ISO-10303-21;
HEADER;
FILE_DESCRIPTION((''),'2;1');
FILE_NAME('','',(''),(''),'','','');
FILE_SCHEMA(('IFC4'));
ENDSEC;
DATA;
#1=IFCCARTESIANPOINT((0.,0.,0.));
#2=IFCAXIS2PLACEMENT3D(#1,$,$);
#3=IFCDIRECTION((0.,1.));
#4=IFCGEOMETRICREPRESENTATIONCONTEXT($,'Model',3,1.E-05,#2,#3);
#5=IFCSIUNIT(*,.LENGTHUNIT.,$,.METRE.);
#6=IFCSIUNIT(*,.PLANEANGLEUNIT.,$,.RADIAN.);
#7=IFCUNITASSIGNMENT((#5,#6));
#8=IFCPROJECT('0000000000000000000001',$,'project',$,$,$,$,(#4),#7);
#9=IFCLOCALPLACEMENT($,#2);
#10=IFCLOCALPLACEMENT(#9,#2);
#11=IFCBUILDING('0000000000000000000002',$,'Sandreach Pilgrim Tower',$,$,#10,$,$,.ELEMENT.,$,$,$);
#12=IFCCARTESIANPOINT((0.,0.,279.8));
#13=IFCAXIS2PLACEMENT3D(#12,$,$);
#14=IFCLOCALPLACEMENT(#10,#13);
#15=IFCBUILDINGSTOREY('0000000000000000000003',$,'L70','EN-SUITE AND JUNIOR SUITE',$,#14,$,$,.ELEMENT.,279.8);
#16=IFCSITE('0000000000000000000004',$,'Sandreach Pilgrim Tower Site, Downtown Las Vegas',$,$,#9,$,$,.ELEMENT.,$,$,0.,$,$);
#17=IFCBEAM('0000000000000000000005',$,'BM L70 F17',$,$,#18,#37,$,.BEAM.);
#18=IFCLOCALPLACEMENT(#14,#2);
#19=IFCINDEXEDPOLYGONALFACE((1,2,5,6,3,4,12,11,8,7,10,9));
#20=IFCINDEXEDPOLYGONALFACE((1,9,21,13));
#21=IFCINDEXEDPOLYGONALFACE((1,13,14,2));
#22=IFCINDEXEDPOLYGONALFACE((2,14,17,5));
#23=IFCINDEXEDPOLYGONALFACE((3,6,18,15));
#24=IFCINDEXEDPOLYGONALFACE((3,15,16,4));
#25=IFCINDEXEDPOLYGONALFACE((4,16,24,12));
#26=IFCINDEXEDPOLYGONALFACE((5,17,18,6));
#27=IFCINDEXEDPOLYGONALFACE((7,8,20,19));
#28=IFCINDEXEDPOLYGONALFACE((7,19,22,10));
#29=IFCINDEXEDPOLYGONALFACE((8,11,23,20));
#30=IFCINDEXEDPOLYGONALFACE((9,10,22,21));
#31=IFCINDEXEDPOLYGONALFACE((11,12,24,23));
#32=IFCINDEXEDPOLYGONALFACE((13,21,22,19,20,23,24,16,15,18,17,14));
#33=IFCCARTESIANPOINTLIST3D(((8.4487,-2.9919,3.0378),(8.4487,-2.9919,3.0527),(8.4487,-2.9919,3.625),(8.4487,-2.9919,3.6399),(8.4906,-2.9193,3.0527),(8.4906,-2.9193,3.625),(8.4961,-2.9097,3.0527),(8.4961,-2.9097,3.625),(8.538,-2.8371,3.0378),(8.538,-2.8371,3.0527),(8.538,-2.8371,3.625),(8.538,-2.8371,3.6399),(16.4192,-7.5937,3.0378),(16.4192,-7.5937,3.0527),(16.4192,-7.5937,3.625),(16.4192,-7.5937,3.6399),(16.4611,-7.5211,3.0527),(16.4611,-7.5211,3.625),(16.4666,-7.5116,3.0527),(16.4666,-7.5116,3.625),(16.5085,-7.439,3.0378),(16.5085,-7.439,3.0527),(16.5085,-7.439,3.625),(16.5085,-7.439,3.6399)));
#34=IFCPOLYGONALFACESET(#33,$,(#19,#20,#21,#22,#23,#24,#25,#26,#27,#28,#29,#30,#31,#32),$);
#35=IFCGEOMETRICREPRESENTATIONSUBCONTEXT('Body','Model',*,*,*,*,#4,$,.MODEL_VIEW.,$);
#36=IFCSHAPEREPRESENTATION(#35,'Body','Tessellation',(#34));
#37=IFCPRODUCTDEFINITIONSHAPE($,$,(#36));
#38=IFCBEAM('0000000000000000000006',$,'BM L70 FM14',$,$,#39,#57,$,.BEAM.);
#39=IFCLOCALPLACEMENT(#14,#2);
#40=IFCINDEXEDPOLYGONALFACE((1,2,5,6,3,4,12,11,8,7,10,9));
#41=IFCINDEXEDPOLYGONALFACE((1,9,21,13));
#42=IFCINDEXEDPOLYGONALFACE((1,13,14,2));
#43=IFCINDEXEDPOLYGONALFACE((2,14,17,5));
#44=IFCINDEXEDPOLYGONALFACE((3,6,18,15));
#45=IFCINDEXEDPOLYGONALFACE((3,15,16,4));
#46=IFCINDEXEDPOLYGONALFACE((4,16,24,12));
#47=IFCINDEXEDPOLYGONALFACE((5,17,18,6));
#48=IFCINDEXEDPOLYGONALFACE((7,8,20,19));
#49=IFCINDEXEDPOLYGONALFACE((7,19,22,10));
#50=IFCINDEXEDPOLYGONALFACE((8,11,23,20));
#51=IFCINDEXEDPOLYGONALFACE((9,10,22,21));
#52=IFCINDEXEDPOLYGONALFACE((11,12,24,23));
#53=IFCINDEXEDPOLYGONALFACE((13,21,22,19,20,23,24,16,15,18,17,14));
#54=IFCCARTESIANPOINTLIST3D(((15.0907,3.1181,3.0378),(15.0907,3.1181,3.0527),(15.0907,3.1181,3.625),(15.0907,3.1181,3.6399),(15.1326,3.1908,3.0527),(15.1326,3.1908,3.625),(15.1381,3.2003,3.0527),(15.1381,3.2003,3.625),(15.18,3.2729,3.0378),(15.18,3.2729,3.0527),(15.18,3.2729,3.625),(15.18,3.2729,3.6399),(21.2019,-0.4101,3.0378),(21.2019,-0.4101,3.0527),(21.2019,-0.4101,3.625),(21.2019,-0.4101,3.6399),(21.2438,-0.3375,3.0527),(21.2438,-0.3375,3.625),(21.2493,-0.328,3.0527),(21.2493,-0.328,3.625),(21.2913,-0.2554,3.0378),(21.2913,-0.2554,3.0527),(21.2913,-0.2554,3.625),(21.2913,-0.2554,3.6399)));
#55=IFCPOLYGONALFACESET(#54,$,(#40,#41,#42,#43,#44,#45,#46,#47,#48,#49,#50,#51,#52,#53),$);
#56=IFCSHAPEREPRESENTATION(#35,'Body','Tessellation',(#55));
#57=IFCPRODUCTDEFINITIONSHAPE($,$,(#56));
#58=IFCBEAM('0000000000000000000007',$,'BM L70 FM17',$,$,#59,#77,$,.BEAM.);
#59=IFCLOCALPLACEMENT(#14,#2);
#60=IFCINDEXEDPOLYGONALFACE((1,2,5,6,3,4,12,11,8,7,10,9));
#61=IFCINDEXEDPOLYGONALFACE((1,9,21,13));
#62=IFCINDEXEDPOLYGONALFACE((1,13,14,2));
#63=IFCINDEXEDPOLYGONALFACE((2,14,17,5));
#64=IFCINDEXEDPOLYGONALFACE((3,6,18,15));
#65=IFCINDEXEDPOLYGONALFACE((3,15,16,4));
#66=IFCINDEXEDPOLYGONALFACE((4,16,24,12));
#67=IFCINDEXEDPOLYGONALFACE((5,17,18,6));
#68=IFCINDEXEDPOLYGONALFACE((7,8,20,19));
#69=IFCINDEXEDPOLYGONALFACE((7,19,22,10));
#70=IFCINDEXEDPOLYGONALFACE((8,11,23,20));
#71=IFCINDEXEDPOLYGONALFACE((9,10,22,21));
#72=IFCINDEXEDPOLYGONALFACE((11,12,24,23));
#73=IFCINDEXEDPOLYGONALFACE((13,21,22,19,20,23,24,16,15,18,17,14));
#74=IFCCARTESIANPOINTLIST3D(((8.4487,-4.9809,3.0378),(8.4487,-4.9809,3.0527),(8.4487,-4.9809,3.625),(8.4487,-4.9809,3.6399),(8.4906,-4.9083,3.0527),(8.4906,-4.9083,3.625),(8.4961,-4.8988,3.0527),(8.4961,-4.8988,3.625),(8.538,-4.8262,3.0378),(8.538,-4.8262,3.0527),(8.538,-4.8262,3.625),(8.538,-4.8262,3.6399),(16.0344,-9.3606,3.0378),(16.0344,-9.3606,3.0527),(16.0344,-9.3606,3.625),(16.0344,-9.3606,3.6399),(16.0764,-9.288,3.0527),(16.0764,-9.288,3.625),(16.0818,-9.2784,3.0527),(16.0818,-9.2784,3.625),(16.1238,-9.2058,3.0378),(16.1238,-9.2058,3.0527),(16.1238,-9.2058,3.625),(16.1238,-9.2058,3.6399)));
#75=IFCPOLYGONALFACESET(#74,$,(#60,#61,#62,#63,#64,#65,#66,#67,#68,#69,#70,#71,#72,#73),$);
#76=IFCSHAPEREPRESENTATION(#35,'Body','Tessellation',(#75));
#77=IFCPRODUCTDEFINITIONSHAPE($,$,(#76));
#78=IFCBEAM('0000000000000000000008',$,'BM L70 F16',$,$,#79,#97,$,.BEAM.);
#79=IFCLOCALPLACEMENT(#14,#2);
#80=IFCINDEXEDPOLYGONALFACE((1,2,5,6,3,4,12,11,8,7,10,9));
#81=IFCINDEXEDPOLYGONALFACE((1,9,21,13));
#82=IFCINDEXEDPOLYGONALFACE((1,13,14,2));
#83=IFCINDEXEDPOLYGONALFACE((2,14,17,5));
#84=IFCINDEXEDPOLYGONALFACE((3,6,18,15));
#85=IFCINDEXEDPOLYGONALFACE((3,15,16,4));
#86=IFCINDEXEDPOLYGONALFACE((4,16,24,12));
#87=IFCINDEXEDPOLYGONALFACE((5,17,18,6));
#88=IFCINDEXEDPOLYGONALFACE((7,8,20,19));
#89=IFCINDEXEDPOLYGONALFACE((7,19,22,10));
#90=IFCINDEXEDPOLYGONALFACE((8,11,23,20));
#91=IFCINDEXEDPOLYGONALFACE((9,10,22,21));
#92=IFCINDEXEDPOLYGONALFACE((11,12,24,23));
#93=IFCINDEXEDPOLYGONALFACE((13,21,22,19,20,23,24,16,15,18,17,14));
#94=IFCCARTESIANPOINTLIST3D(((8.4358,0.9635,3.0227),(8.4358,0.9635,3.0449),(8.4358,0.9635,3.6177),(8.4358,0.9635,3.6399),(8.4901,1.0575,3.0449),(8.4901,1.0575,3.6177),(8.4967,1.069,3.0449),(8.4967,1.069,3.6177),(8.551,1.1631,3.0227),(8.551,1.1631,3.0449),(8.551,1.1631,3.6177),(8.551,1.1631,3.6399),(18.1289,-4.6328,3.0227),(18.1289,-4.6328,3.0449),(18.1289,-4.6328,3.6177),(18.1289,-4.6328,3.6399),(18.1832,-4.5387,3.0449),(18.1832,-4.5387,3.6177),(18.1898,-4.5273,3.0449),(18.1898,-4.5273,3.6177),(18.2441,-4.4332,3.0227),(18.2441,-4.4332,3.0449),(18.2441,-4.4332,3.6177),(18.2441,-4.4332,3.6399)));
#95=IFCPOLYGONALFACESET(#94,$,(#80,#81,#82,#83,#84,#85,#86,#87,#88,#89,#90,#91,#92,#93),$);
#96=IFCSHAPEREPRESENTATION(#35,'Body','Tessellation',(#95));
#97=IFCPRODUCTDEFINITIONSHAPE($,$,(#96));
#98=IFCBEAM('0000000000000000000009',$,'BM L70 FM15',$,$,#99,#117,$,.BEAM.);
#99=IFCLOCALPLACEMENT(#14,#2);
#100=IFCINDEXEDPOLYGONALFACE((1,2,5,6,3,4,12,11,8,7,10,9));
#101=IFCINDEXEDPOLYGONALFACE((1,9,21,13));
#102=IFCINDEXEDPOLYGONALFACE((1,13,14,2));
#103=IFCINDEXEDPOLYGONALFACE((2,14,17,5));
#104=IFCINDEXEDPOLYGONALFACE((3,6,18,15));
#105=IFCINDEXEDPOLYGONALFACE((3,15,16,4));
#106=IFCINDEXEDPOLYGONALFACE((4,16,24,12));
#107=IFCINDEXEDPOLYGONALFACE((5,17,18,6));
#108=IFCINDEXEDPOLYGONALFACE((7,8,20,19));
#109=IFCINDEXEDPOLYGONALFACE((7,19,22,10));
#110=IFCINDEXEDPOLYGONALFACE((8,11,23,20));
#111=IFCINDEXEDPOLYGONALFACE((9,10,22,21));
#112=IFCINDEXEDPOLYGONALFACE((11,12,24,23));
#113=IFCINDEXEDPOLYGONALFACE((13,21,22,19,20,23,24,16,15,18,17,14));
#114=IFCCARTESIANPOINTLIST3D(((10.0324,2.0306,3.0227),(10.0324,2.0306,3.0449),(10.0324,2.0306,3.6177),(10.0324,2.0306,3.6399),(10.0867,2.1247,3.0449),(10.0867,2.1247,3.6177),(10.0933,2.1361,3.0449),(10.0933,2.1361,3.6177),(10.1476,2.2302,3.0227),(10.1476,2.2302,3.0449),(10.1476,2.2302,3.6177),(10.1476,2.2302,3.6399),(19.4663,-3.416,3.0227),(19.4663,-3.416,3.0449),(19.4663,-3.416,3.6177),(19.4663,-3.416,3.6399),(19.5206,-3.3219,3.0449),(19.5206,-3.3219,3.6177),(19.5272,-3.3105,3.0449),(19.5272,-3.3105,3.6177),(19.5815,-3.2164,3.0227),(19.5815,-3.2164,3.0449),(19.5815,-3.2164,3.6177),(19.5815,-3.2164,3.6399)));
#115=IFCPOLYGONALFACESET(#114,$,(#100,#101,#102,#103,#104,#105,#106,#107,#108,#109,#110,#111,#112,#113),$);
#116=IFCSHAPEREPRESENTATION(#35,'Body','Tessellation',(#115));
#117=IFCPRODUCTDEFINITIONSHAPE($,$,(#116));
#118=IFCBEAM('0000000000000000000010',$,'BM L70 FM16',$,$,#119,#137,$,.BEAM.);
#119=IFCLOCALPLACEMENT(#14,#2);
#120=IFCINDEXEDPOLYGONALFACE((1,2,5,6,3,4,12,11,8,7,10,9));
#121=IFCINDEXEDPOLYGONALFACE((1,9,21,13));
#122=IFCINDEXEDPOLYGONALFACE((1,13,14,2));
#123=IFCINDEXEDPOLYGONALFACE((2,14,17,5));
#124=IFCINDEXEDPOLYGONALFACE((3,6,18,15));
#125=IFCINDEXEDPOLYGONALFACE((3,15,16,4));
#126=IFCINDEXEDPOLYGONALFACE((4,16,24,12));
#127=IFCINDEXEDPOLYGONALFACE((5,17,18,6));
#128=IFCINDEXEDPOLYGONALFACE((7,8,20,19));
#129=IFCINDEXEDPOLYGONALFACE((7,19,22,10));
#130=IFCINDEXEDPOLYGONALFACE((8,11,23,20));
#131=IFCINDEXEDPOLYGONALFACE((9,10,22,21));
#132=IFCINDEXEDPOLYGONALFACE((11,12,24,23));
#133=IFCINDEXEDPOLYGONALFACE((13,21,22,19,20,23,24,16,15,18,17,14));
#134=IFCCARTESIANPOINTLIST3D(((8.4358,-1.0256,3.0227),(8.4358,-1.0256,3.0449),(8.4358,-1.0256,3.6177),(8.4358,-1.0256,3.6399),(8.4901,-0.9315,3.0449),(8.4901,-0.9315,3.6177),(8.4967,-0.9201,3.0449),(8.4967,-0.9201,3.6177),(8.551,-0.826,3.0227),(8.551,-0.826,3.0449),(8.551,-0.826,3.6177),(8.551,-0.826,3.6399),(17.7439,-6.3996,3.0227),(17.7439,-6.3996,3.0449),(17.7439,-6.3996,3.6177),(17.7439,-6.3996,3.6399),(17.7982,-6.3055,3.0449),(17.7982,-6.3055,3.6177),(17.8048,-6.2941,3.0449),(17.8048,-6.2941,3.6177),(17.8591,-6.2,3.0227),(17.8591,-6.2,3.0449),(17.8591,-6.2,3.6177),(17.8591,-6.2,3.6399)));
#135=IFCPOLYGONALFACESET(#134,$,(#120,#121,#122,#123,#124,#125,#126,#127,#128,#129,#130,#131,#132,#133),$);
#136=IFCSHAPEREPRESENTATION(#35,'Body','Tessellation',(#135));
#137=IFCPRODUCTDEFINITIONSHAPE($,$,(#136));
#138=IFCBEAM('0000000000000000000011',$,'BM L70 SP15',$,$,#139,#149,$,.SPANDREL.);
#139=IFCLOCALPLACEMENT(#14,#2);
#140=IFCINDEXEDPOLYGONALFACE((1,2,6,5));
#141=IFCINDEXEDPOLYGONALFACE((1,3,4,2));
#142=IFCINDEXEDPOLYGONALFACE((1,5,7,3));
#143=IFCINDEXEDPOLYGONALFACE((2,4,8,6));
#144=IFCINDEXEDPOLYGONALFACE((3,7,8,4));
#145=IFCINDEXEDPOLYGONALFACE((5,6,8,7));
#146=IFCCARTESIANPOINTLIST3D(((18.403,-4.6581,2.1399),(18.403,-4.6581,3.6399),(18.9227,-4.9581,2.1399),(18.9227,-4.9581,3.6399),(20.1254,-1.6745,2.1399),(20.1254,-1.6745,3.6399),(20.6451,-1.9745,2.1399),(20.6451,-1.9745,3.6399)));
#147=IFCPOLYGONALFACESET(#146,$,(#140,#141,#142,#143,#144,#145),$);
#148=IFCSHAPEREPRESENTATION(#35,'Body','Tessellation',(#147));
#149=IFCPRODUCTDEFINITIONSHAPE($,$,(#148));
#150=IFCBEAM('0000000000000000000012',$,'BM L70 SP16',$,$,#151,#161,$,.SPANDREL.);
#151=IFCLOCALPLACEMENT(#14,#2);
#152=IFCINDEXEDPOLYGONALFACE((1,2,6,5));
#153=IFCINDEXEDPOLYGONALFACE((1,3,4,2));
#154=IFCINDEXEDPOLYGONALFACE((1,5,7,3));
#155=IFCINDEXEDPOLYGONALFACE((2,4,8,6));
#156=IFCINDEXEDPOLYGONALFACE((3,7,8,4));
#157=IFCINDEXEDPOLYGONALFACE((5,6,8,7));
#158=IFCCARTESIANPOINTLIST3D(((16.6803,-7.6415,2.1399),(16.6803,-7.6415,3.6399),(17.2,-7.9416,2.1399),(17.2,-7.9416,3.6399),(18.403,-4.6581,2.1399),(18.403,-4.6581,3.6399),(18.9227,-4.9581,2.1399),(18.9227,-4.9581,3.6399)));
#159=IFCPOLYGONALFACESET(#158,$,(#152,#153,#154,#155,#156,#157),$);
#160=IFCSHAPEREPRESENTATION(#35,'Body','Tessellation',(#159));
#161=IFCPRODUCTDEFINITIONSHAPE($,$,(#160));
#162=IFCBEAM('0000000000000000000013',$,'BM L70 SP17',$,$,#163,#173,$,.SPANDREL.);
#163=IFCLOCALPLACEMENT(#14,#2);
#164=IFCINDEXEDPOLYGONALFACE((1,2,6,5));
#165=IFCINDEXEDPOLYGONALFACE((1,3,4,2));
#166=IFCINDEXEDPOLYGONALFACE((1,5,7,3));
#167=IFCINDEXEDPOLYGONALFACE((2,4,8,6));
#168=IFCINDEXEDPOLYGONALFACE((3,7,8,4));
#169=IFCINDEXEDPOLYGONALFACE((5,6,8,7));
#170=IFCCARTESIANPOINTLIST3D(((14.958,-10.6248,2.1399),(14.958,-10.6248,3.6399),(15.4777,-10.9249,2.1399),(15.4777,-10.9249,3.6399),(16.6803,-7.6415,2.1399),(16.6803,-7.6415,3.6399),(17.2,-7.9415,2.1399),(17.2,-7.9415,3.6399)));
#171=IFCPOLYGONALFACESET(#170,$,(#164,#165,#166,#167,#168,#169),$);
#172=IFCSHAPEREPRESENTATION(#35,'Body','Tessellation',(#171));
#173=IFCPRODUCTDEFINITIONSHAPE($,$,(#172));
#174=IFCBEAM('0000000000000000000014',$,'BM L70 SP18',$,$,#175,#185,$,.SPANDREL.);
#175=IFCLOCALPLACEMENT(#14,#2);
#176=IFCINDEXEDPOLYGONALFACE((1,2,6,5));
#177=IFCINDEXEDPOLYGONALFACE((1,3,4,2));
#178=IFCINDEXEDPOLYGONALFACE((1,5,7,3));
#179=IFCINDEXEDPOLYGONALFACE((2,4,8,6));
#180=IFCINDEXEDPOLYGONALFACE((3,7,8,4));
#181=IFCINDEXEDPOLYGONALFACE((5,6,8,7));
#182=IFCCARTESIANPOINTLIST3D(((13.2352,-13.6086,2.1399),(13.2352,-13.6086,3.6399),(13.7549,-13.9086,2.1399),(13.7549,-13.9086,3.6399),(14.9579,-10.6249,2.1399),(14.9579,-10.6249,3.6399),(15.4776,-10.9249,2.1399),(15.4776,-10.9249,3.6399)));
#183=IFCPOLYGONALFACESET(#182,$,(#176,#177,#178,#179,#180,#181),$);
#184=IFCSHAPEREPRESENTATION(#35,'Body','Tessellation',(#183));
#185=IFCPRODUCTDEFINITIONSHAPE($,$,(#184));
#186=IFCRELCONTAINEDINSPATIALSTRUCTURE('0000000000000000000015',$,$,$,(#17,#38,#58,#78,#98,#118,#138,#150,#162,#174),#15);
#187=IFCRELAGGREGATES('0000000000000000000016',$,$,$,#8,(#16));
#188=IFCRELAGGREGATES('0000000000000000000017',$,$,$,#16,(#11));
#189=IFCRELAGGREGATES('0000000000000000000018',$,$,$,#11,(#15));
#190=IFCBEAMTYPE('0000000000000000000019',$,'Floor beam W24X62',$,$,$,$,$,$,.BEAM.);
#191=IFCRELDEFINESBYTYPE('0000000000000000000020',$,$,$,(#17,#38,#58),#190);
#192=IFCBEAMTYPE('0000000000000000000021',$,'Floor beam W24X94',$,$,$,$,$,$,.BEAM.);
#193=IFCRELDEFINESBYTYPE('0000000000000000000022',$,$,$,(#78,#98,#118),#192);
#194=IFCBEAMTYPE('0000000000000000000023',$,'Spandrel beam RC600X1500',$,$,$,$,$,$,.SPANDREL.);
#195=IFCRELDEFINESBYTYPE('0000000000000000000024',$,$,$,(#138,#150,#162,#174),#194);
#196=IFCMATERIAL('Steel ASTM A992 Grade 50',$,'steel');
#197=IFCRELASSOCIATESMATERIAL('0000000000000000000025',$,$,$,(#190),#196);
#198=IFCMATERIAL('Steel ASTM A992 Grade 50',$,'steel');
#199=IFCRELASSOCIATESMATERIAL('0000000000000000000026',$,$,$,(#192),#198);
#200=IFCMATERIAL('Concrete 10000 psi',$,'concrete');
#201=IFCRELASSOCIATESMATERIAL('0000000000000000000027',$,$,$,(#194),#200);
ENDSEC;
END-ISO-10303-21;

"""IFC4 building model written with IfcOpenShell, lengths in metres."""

from ifc_helpers import new_model, si_unit, direction, frame, origin, origin_2d, place, context, subcontext, project, spatial, rectangle, i_section, extrude, material, material_profile, profile_set, type_object, element, save


model = new_model("IFC4")

# Units and contexts
model_context = context("Model", 3, precision=1e-05, world=origin(), true_north=direction((0.0, 1.0)))
body_context = subcontext(model_context, "Body", "Model", "MODEL_VIEW")
ifc_project = project(units=[si_unit("LENGTHUNIT", "METRE"), si_unit("PLANEANGLEUNIT", "RADIAN")], contexts=[model_context])

# Site, building, storey
site_placement = place(None, origin())
site = spatial("IfcSite", under=ifc_project, at=site_placement, Name="Sandreach Pilgrim Tower Site, Downtown Las Vegas", CompositionType="ELEMENT", RefElevation=0.0)
building_placement = place(site_placement, origin())
building = spatial("IfcBuilding", under=site, at=building_placement, Name="Sandreach Pilgrim Tower", CompositionType="ELEMENT")
storey_placement = place(building_placement, frame((0.0, 0.0, 279.8)))
storey = spatial("IfcBuildingStorey", under=building, at=storey_placement, Name="L70", Description="EN-SUITE AND JUNIOR SUITE", CompositionType="ELEMENT", Elevation=279.8)

# Beams
ifc_material_1 = material(Name="Steel ASTM A992 Grade 50", Category="steel")
ifc_material_profile_1 = material_profile(ifc_material_1, i_section(OverallWidth=0.1787, OverallDepth=0.6021, WebThickness=0.011, FlangeThickness=0.0149, at=origin_2d()), Name="W24X62")
ifc_profile_set_1 = profile_set([ifc_material_profile_1], Name="Steel ASTM A992 Grade 50")
beam_type_1 = type_object("IfcBeamType", Name="Floor beam W24X62", PredefinedType="BEAM", material=ifc_profile_set_1)
beam_1_placement = place(storey_placement, frame((16.4639, -7.5164, 3.3389), z_axis=(-0.866023, 0.500005, 0.0), x_axis=(-0.500005, -0.866023, 0.0)))
element("IfcBeam", 1, at=beam_1_placement, inside=storey, type_object=beam_type_1, Name="BM L70 F17", PredefinedType="BEAM", context=body_context, shape_type="SweptSolid", body=[
    extrude(i_section(OverallWidth=0.1787, OverallDepth=0.6021, WebThickness=0.011, FlangeThickness=0.0149, at=origin_2d()), origin(), (0.0, 0.0, 1.0), 9.2036),
])
beam_2_placement = place(storey_placement, frame((21.2466, -0.3328, 3.3389), z_axis=(-0.866029, 0.499994, 0.0), x_axis=(-0.499994, -0.866029, 0.0)))
element("IfcBeam", 2, at=beam_2_placement, inside=storey, type_object=beam_type_1, Name="BM L70 FM14", PredefinedType="BEAM", context=body_context, shape_type="SweptSolid", body=[
    extrude(i_section(OverallWidth=0.1787, OverallDepth=0.6021, WebThickness=0.011, FlangeThickness=0.0149, at=origin_2d()), origin(), (0.0, 0.0, 1.0), 7.0566),
])
beam_3_placement = place(storey_placement, frame((16.0791, -9.2832, 3.3389), z_axis=(-0.866024, 0.500003, 0.0), x_axis=(-0.500003, -0.866024, 0.0)))
element("IfcBeam", 3, at=beam_3_placement, inside=storey, type_object=beam_type_1, Name="BM L70 FM17", PredefinedType="BEAM", context=body_context, shape_type="SweptSolid", body=[
    extrude(i_section(OverallWidth=0.1787, OverallDepth=0.6021, WebThickness=0.011, FlangeThickness=0.0149, at=origin_2d()), origin(), (0.0, 0.0, 1.0), 8.7593),
])
ifc_material_2 = material(Name="Steel ASTM A992 Grade 50", Category="steel")
ifc_material_profile_2 = material_profile(ifc_material_2, i_section(OverallWidth=0.2305, OverallDepth=0.6172, WebThickness=0.0132, FlangeThickness=0.0222, at=origin_2d()), Name="W24X94")
ifc_profile_set_2 = profile_set([ifc_material_profile_2], Name="Steel ASTM A992 Grade 50")
beam_type_2 = type_object("IfcBeamType", Name="Floor beam W24X94", PredefinedType="BEAM", material=ifc_profile_set_2)
beam_4_placement = place(storey_placement, frame((18.1865, -4.533, 3.3313), z_axis=(-0.86603, 0.499991, 0.0), x_axis=(-0.499991, -0.86603, 0.0)))
element("IfcBeam", 4, at=beam_4_placement, inside=storey, type_object=beam_type_2, Name="BM L70 F16", PredefinedType="BEAM", context=body_context, shape_type="SweptSolid", body=[
    extrude(i_section(OverallWidth=0.2305, OverallDepth=0.6172, WebThickness=0.0132, FlangeThickness=0.0222, at=origin_2d()), origin(), (0.0, 0.0, 1.0), 11.1926),
])
beam_5_placement = place(storey_placement, frame((19.5239, -3.3162, 3.3313), z_axis=(-0.866029, 0.499993, 0.0), x_axis=(-0.499993, -0.866029, 0.0)))
element("IfcBeam", 5, at=beam_5_placement, inside=storey, type_object=beam_type_2, Name="BM L70 FM15", PredefinedType="BEAM", context=body_context, shape_type="SweptSolid", body=[
    extrude(i_section(OverallWidth=0.2305, OverallDepth=0.6172, WebThickness=0.0132, FlangeThickness=0.0222, at=origin_2d()), origin(), (0.0, 0.0, 1.0), 10.8933),
])
beam_6_placement = place(storey_placement, frame((17.8015, -6.2998, 3.3313), z_axis=(-0.866026, 0.499999, 0.0), x_axis=(-0.499999, -0.866026, 0.0)))
element("IfcBeam", 6, at=beam_6_placement, inside=storey, type_object=beam_type_2, Name="BM L70 FM16", PredefinedType="BEAM", context=body_context, shape_type="SweptSolid", body=[
    extrude(i_section(OverallWidth=0.2305, OverallDepth=0.6172, WebThickness=0.0132, FlangeThickness=0.0222, at=origin_2d()), origin(), (0.0, 0.0, 1.0), 10.748),
])
ifc_material_3 = material(Name="Concrete 10000 psi", Category="concrete")
ifc_material_profile_3 = material_profile(ifc_material_3, rectangle(XDim=0.6001, YDim=1.5, at=origin_2d()), Name="RC600X1500")
ifc_profile_set_3 = profile_set([ifc_material_profile_3], Name="Concrete 10000 psi")
beam_type_3 = type_object("IfcBeamType", Name="Spandrel beam RC600X1500", PredefinedType="SPANDREL", material=ifc_profile_set_3)
for number, where, z_axis, x_axis, name in (
    (7, (20.3853, -1.8245, 2.8899), (-0.499958, -0.86605, 0.0), (0.86605, -0.499958, 0.0), "BM L70 SP15"),
    (8, (18.6628, -4.8081, 2.8899), (-0.500041, -0.866001, 0.0), (0.866001, -0.500041, 0.0), "BM L70 SP16"),
):
    element("IfcBeam", number, at=place(storey_placement, frame(where, z_axis=z_axis, x_axis=x_axis)), inside=storey, type_object=beam_type_3, Name=name, PredefinedType="SPANDREL", context=body_context, shape_type="SweptSolid", body=[
        extrude(rectangle(XDim=0.6001, YDim=1.5, at=origin_2d()), origin(), (0.0, 0.0, 1.0), 3.4451),
    ])
beam_7_placement = place(storey_placement, frame((16.9402, -7.7915, 2.8899), z_axis=(-0.499988, -0.866032, 0.0), x_axis=(0.866032, -0.499988, 0.0)))
element("IfcBeam", 9, at=beam_7_placement, inside=storey, type_object=beam_type_3, Name="BM L70 SP17", PredefinedType="SPANDREL", context=body_context, shape_type="SweptSolid", body=[
    extrude(rectangle(XDim=0.6001, YDim=1.5, at=origin_2d()), origin(), (0.0, 0.0, 1.0), 3.4448),
])
beam_8_placement = place(storey_placement, frame((15.2178, -10.7749, 2.8899), z_axis=(-0.500011, -0.866019, 0.0), x_axis=(0.866019, -0.500011, 0.0)))
element("IfcBeam", 10, at=beam_8_placement, inside=storey, type_object=beam_type_3, Name="BM L70 SP18", PredefinedType="SPANDREL", context=body_context, shape_type="SweptSolid", body=[
    extrude(rectangle(XDim=0.6001, YDim=1.5, at=origin_2d()), origin(), (0.0, 0.0, 1.0), 3.4453),
])

save(model, "model.ifc")
